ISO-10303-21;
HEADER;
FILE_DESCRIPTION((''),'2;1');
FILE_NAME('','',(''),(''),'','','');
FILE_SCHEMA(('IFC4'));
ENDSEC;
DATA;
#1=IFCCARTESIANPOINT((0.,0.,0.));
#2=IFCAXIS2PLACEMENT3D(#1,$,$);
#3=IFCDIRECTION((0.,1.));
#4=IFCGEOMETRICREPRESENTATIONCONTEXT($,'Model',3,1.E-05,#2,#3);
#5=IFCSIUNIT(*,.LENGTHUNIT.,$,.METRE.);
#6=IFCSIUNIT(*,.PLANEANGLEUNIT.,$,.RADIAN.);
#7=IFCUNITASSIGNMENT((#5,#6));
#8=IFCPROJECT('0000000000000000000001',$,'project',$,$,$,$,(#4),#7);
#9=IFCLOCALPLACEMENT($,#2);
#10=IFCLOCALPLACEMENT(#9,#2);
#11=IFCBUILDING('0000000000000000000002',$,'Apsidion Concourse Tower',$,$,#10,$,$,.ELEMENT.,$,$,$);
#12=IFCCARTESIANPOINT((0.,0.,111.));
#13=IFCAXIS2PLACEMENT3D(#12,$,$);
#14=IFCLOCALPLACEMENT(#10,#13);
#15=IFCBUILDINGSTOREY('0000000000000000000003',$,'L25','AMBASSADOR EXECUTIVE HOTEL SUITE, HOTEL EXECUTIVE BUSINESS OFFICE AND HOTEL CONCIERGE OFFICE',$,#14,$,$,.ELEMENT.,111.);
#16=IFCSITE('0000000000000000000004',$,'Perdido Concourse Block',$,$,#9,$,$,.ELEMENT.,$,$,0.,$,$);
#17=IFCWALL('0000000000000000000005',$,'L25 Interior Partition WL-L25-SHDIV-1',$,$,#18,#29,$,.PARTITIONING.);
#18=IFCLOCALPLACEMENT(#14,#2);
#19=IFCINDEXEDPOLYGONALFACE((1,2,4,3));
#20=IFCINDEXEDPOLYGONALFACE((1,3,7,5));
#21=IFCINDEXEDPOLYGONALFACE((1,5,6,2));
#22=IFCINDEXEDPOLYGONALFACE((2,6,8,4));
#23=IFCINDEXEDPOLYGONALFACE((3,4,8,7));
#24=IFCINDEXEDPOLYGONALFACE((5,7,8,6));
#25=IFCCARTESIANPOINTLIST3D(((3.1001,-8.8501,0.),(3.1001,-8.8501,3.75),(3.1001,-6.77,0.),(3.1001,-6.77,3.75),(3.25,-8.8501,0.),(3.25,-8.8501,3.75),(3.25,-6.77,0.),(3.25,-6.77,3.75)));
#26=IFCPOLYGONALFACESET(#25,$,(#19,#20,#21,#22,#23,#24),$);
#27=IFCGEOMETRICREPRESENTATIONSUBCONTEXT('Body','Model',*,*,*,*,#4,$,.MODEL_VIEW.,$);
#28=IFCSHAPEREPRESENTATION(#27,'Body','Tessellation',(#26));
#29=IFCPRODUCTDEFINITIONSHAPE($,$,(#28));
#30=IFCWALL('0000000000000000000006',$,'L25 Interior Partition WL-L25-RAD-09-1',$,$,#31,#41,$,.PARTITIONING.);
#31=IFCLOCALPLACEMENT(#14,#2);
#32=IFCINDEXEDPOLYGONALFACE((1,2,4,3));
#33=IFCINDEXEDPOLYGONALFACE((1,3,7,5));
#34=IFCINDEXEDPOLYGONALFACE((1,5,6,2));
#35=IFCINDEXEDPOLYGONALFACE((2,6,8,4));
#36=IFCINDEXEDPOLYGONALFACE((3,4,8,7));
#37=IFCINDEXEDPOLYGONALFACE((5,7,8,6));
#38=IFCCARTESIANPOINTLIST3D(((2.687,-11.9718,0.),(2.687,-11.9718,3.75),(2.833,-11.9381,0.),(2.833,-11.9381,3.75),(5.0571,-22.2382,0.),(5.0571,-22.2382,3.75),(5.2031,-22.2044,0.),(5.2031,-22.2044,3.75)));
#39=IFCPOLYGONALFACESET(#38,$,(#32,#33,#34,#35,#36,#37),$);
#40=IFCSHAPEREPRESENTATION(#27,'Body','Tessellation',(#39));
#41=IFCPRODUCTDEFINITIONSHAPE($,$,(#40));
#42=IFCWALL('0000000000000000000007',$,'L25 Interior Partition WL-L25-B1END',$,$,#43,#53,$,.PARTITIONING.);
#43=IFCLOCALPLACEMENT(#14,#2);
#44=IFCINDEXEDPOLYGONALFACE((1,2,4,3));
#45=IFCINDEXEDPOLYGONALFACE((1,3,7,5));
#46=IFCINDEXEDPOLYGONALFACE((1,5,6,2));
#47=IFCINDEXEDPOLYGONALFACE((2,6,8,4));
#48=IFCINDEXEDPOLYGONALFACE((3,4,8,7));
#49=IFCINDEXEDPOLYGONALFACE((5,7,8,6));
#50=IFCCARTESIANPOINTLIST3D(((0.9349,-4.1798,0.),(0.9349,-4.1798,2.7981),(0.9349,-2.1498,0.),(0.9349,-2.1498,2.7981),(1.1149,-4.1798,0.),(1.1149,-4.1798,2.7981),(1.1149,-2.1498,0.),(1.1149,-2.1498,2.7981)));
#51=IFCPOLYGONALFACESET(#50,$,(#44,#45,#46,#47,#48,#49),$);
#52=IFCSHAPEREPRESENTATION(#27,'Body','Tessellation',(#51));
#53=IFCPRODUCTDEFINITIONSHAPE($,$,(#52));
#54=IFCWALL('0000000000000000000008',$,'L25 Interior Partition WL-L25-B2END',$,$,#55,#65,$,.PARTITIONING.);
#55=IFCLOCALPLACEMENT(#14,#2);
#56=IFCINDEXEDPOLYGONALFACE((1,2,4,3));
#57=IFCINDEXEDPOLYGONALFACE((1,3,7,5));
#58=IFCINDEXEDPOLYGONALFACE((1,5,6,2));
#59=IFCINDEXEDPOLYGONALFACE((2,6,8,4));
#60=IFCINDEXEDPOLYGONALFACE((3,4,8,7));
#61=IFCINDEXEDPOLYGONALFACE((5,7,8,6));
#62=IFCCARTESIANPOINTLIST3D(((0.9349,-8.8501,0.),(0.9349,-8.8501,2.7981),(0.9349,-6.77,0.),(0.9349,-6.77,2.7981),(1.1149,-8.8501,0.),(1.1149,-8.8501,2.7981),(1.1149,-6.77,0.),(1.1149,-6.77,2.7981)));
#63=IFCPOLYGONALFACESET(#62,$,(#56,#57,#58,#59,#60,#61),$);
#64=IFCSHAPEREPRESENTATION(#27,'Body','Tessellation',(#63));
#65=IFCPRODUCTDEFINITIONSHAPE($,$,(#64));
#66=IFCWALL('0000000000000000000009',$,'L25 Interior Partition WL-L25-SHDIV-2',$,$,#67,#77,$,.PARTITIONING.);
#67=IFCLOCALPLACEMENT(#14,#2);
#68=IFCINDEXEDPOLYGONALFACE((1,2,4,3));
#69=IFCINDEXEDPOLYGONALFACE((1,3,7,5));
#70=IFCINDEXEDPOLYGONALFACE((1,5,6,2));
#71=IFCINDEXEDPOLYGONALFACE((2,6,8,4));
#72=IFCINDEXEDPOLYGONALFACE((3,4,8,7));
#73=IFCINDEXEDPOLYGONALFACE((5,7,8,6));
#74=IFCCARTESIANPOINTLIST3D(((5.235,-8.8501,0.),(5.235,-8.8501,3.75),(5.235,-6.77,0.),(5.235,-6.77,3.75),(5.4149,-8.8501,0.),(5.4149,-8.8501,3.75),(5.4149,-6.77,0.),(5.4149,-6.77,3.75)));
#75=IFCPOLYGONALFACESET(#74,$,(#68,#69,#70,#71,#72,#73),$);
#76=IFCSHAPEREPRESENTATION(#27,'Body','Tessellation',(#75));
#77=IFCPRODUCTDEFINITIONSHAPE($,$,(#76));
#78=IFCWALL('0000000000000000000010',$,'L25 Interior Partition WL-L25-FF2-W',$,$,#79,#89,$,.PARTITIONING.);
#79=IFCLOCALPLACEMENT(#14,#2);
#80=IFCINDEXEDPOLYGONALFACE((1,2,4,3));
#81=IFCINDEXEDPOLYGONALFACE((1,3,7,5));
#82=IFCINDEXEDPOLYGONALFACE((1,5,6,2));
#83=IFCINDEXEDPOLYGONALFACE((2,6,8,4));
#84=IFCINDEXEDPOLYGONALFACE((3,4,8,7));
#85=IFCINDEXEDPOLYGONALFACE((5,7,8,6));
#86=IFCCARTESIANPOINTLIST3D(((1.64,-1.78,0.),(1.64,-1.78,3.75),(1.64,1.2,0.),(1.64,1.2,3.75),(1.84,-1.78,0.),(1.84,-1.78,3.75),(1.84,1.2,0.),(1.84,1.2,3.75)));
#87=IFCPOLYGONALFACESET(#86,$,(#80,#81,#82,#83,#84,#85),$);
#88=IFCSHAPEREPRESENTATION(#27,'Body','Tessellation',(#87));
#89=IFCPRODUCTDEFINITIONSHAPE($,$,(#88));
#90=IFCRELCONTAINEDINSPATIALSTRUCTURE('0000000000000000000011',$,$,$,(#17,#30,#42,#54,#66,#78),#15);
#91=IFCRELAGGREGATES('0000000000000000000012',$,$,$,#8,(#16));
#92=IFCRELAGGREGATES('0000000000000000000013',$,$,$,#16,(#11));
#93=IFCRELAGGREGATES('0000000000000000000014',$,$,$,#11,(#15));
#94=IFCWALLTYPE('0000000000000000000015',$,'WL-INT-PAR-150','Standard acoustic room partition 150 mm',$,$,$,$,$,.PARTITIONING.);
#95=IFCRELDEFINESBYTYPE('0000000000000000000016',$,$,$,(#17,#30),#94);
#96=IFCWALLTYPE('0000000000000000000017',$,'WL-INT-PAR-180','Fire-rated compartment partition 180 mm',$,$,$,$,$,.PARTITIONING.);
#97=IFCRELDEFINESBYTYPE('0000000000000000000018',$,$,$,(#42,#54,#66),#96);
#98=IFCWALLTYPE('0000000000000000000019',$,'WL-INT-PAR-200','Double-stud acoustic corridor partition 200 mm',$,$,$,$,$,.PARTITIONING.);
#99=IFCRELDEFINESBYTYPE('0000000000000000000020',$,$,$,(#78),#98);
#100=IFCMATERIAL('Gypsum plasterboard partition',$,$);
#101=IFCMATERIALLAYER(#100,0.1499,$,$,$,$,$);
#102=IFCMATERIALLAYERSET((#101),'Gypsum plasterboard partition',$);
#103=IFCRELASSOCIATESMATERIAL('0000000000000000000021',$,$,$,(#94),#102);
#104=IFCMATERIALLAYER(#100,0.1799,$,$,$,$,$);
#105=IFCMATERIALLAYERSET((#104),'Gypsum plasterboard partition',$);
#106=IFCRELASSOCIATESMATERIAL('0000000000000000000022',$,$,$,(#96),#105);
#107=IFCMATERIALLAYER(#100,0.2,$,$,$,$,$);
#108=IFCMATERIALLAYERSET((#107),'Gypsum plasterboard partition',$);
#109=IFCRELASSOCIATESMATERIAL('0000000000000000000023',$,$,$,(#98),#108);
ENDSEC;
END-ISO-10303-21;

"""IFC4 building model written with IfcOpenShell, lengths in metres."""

from ifc_helpers import new_model, si_unit, direction, frame, frame_2d, origin, place, context, subcontext, project, spatial, rectangle, extrude, material, layer, layer_set, type_object, element, save


model = new_model("IFC4")

# Units and contexts
model_context = context("Model", 3, precision=1e-05, world=origin(), true_north=direction((0.0, 1.0)))
body_context = subcontext(model_context, "Body", "Model", "MODEL_VIEW")
ifc_project = project(units=[si_unit("LENGTHUNIT", "METRE"), si_unit("PLANEANGLEUNIT", "RADIAN")], contexts=[model_context])

# Site, building, storey
site_placement = place(None, origin())
site = spatial("IfcSite", under=ifc_project, at=site_placement, Name="Perdido Concourse Block", CompositionType="ELEMENT", RefElevation=0.0)
building_placement = place(site_placement, origin())
building = spatial("IfcBuilding", under=site, at=building_placement, Name="Apsidion Concourse Tower", CompositionType="ELEMENT")
storey_placement = place(building_placement, frame((0.0, 0.0, 111.0)))
storey = spatial("IfcBuildingStorey", under=building, at=storey_placement, Name="L25", Description="AMBASSADOR EXECUTIVE HOTEL SUITE, HOTEL EXECUTIVE BUSINESS OFFICE AND HOTEL CONCIERGE OFFICE", CompositionType="ELEMENT", Elevation=111.0)

# Walls
ifc_material_1 = material(Name="Gypsum plasterboard partition")
ifc_layer_1 = layer(ifc_material_1, 0.1499)
ifc_layer_set_1 = layer_set([ifc_layer_1], Name="Gypsum plasterboard partition")
wall_type_1 = type_object("IfcWallType", Name="WL-INT-PAR-150", Description="Standard acoustic room partition 150 mm", PredefinedType="PARTITIONING", material=ifc_layer_set_1)
wall_1_placement = place(storey_placement, frame((3.175, -8.8501, 0.0), z_axis=(0.0, 0.0, 1.0), x_axis=(0.0, 1.0, 0.0)))
element("IfcWall", 1, at=wall_1_placement, inside=storey, type_object=wall_type_1, Name="L25 Interior Partition WL-L25-SHDIV-1", PredefinedType="PARTITIONING", context=body_context, shape_type="SweptSolid", body=[
    extrude(rectangle(XDim=2.0801, YDim=0.1499, at=frame_2d((1.04, 0.0))), origin(), (0.0, 0.0, 1.0), 3.75),
])
wall_2_placement = place(storey_placement, frame((2.76, -11.9551, 0.0), z_axis=(0.0, 0.0, 1.0), x_axis=(0.224946, -0.974371, 0.0)))
element("IfcWall", 2, at=wall_2_placement, inside=storey, type_object=wall_type_1, Name="L25 Interior Partition WL-L25-RAD-09-1", PredefinedType="PARTITIONING", context=body_context, shape_type="SweptSolid", body=[
    extrude(rectangle(XDim=10.5364, YDim=0.1499, at=frame_2d((5.2681, 0.0))), origin(), (0.0, 0.0, 1.0), 3.75),
])
ifc_layer_2 = layer(ifc_material_1, 0.1799)
ifc_layer_set_2 = layer_set([ifc_layer_2], Name="Gypsum plasterboard partition")
wall_type_2 = type_object("IfcWallType", Name="WL-INT-PAR-180", Description="Fire-rated compartment partition 180 mm", PredefinedType="PARTITIONING", material=ifc_layer_set_2)
wall_3_placement = place(storey_placement, frame((1.0249, -4.1799, 0.0), z_axis=(0.0, 0.0, 1.0), x_axis=(0.0, 1.0, 0.0)))
element("IfcWall", 3, at=wall_3_placement, inside=storey, type_object=wall_type_2, Name="L25 Interior Partition WL-L25-B1END", PredefinedType="PARTITIONING", context=body_context, shape_type="SweptSolid", body=[
    extrude(rectangle(XDim=2.03, YDim=0.1799, at=frame_2d((1.0151, 0.0))), origin(), (0.0, 0.0, 1.0), 2.7981),
])
wall_4_placement = place(storey_placement, frame((1.0249, -8.8501, 0.0), z_axis=(0.0, 0.0, 1.0), x_axis=(0.0, 1.0, 0.0)))
element("IfcWall", 4, at=wall_4_placement, inside=storey, type_object=wall_type_2, Name="L25 Interior Partition WL-L25-B2END", PredefinedType="PARTITIONING", context=body_context, shape_type="SweptSolid", body=[
    extrude(rectangle(XDim=2.0801, YDim=0.1799, at=frame_2d((1.04, 0.0))), origin(), (0.0, 0.0, 1.0), 2.7981),
])
wall_5_placement = place(storey_placement, frame((5.325, -8.8501, 0.0), z_axis=(0.0, 0.0, 1.0), x_axis=(0.0, 1.0, 0.0)))
element("IfcWall", 5, at=wall_5_placement, inside=storey, type_object=wall_type_2, Name="L25 Interior Partition WL-L25-SHDIV-2", PredefinedType="PARTITIONING", context=body_context, shape_type="SweptSolid", body=[
    extrude(rectangle(XDim=2.0801, YDim=0.1799, at=frame_2d((1.04, 0.0))), origin(), (0.0, 0.0, 1.0), 3.75),
])
ifc_layer_3 = layer(ifc_material_1, 0.2)
ifc_layer_set_3 = layer_set([ifc_layer_3], Name="Gypsum plasterboard partition")
wall_type_3 = type_object("IfcWallType", Name="WL-INT-PAR-200", Description="Double-stud acoustic corridor partition 200 mm", PredefinedType="PARTITIONING", material=ifc_layer_set_3)
wall_6_placement = place(storey_placement, frame((1.74, -1.78, 0.0), z_axis=(0.0, 0.0, 1.0), x_axis=(0.0, 1.0, 0.0)))
element("IfcWall", 6, at=wall_6_placement, inside=storey, type_object=wall_type_3, Name="L25 Interior Partition WL-L25-FF2-W", PredefinedType="PARTITIONING", context=body_context, shape_type="SweptSolid", body=[
    extrude(rectangle(XDim=2.98, YDim=0.2, at=frame_2d((1.49, 0.0))), origin(), (0.0, 0.0, 1.0), 3.75),
])

save(model, "model.ifc")
